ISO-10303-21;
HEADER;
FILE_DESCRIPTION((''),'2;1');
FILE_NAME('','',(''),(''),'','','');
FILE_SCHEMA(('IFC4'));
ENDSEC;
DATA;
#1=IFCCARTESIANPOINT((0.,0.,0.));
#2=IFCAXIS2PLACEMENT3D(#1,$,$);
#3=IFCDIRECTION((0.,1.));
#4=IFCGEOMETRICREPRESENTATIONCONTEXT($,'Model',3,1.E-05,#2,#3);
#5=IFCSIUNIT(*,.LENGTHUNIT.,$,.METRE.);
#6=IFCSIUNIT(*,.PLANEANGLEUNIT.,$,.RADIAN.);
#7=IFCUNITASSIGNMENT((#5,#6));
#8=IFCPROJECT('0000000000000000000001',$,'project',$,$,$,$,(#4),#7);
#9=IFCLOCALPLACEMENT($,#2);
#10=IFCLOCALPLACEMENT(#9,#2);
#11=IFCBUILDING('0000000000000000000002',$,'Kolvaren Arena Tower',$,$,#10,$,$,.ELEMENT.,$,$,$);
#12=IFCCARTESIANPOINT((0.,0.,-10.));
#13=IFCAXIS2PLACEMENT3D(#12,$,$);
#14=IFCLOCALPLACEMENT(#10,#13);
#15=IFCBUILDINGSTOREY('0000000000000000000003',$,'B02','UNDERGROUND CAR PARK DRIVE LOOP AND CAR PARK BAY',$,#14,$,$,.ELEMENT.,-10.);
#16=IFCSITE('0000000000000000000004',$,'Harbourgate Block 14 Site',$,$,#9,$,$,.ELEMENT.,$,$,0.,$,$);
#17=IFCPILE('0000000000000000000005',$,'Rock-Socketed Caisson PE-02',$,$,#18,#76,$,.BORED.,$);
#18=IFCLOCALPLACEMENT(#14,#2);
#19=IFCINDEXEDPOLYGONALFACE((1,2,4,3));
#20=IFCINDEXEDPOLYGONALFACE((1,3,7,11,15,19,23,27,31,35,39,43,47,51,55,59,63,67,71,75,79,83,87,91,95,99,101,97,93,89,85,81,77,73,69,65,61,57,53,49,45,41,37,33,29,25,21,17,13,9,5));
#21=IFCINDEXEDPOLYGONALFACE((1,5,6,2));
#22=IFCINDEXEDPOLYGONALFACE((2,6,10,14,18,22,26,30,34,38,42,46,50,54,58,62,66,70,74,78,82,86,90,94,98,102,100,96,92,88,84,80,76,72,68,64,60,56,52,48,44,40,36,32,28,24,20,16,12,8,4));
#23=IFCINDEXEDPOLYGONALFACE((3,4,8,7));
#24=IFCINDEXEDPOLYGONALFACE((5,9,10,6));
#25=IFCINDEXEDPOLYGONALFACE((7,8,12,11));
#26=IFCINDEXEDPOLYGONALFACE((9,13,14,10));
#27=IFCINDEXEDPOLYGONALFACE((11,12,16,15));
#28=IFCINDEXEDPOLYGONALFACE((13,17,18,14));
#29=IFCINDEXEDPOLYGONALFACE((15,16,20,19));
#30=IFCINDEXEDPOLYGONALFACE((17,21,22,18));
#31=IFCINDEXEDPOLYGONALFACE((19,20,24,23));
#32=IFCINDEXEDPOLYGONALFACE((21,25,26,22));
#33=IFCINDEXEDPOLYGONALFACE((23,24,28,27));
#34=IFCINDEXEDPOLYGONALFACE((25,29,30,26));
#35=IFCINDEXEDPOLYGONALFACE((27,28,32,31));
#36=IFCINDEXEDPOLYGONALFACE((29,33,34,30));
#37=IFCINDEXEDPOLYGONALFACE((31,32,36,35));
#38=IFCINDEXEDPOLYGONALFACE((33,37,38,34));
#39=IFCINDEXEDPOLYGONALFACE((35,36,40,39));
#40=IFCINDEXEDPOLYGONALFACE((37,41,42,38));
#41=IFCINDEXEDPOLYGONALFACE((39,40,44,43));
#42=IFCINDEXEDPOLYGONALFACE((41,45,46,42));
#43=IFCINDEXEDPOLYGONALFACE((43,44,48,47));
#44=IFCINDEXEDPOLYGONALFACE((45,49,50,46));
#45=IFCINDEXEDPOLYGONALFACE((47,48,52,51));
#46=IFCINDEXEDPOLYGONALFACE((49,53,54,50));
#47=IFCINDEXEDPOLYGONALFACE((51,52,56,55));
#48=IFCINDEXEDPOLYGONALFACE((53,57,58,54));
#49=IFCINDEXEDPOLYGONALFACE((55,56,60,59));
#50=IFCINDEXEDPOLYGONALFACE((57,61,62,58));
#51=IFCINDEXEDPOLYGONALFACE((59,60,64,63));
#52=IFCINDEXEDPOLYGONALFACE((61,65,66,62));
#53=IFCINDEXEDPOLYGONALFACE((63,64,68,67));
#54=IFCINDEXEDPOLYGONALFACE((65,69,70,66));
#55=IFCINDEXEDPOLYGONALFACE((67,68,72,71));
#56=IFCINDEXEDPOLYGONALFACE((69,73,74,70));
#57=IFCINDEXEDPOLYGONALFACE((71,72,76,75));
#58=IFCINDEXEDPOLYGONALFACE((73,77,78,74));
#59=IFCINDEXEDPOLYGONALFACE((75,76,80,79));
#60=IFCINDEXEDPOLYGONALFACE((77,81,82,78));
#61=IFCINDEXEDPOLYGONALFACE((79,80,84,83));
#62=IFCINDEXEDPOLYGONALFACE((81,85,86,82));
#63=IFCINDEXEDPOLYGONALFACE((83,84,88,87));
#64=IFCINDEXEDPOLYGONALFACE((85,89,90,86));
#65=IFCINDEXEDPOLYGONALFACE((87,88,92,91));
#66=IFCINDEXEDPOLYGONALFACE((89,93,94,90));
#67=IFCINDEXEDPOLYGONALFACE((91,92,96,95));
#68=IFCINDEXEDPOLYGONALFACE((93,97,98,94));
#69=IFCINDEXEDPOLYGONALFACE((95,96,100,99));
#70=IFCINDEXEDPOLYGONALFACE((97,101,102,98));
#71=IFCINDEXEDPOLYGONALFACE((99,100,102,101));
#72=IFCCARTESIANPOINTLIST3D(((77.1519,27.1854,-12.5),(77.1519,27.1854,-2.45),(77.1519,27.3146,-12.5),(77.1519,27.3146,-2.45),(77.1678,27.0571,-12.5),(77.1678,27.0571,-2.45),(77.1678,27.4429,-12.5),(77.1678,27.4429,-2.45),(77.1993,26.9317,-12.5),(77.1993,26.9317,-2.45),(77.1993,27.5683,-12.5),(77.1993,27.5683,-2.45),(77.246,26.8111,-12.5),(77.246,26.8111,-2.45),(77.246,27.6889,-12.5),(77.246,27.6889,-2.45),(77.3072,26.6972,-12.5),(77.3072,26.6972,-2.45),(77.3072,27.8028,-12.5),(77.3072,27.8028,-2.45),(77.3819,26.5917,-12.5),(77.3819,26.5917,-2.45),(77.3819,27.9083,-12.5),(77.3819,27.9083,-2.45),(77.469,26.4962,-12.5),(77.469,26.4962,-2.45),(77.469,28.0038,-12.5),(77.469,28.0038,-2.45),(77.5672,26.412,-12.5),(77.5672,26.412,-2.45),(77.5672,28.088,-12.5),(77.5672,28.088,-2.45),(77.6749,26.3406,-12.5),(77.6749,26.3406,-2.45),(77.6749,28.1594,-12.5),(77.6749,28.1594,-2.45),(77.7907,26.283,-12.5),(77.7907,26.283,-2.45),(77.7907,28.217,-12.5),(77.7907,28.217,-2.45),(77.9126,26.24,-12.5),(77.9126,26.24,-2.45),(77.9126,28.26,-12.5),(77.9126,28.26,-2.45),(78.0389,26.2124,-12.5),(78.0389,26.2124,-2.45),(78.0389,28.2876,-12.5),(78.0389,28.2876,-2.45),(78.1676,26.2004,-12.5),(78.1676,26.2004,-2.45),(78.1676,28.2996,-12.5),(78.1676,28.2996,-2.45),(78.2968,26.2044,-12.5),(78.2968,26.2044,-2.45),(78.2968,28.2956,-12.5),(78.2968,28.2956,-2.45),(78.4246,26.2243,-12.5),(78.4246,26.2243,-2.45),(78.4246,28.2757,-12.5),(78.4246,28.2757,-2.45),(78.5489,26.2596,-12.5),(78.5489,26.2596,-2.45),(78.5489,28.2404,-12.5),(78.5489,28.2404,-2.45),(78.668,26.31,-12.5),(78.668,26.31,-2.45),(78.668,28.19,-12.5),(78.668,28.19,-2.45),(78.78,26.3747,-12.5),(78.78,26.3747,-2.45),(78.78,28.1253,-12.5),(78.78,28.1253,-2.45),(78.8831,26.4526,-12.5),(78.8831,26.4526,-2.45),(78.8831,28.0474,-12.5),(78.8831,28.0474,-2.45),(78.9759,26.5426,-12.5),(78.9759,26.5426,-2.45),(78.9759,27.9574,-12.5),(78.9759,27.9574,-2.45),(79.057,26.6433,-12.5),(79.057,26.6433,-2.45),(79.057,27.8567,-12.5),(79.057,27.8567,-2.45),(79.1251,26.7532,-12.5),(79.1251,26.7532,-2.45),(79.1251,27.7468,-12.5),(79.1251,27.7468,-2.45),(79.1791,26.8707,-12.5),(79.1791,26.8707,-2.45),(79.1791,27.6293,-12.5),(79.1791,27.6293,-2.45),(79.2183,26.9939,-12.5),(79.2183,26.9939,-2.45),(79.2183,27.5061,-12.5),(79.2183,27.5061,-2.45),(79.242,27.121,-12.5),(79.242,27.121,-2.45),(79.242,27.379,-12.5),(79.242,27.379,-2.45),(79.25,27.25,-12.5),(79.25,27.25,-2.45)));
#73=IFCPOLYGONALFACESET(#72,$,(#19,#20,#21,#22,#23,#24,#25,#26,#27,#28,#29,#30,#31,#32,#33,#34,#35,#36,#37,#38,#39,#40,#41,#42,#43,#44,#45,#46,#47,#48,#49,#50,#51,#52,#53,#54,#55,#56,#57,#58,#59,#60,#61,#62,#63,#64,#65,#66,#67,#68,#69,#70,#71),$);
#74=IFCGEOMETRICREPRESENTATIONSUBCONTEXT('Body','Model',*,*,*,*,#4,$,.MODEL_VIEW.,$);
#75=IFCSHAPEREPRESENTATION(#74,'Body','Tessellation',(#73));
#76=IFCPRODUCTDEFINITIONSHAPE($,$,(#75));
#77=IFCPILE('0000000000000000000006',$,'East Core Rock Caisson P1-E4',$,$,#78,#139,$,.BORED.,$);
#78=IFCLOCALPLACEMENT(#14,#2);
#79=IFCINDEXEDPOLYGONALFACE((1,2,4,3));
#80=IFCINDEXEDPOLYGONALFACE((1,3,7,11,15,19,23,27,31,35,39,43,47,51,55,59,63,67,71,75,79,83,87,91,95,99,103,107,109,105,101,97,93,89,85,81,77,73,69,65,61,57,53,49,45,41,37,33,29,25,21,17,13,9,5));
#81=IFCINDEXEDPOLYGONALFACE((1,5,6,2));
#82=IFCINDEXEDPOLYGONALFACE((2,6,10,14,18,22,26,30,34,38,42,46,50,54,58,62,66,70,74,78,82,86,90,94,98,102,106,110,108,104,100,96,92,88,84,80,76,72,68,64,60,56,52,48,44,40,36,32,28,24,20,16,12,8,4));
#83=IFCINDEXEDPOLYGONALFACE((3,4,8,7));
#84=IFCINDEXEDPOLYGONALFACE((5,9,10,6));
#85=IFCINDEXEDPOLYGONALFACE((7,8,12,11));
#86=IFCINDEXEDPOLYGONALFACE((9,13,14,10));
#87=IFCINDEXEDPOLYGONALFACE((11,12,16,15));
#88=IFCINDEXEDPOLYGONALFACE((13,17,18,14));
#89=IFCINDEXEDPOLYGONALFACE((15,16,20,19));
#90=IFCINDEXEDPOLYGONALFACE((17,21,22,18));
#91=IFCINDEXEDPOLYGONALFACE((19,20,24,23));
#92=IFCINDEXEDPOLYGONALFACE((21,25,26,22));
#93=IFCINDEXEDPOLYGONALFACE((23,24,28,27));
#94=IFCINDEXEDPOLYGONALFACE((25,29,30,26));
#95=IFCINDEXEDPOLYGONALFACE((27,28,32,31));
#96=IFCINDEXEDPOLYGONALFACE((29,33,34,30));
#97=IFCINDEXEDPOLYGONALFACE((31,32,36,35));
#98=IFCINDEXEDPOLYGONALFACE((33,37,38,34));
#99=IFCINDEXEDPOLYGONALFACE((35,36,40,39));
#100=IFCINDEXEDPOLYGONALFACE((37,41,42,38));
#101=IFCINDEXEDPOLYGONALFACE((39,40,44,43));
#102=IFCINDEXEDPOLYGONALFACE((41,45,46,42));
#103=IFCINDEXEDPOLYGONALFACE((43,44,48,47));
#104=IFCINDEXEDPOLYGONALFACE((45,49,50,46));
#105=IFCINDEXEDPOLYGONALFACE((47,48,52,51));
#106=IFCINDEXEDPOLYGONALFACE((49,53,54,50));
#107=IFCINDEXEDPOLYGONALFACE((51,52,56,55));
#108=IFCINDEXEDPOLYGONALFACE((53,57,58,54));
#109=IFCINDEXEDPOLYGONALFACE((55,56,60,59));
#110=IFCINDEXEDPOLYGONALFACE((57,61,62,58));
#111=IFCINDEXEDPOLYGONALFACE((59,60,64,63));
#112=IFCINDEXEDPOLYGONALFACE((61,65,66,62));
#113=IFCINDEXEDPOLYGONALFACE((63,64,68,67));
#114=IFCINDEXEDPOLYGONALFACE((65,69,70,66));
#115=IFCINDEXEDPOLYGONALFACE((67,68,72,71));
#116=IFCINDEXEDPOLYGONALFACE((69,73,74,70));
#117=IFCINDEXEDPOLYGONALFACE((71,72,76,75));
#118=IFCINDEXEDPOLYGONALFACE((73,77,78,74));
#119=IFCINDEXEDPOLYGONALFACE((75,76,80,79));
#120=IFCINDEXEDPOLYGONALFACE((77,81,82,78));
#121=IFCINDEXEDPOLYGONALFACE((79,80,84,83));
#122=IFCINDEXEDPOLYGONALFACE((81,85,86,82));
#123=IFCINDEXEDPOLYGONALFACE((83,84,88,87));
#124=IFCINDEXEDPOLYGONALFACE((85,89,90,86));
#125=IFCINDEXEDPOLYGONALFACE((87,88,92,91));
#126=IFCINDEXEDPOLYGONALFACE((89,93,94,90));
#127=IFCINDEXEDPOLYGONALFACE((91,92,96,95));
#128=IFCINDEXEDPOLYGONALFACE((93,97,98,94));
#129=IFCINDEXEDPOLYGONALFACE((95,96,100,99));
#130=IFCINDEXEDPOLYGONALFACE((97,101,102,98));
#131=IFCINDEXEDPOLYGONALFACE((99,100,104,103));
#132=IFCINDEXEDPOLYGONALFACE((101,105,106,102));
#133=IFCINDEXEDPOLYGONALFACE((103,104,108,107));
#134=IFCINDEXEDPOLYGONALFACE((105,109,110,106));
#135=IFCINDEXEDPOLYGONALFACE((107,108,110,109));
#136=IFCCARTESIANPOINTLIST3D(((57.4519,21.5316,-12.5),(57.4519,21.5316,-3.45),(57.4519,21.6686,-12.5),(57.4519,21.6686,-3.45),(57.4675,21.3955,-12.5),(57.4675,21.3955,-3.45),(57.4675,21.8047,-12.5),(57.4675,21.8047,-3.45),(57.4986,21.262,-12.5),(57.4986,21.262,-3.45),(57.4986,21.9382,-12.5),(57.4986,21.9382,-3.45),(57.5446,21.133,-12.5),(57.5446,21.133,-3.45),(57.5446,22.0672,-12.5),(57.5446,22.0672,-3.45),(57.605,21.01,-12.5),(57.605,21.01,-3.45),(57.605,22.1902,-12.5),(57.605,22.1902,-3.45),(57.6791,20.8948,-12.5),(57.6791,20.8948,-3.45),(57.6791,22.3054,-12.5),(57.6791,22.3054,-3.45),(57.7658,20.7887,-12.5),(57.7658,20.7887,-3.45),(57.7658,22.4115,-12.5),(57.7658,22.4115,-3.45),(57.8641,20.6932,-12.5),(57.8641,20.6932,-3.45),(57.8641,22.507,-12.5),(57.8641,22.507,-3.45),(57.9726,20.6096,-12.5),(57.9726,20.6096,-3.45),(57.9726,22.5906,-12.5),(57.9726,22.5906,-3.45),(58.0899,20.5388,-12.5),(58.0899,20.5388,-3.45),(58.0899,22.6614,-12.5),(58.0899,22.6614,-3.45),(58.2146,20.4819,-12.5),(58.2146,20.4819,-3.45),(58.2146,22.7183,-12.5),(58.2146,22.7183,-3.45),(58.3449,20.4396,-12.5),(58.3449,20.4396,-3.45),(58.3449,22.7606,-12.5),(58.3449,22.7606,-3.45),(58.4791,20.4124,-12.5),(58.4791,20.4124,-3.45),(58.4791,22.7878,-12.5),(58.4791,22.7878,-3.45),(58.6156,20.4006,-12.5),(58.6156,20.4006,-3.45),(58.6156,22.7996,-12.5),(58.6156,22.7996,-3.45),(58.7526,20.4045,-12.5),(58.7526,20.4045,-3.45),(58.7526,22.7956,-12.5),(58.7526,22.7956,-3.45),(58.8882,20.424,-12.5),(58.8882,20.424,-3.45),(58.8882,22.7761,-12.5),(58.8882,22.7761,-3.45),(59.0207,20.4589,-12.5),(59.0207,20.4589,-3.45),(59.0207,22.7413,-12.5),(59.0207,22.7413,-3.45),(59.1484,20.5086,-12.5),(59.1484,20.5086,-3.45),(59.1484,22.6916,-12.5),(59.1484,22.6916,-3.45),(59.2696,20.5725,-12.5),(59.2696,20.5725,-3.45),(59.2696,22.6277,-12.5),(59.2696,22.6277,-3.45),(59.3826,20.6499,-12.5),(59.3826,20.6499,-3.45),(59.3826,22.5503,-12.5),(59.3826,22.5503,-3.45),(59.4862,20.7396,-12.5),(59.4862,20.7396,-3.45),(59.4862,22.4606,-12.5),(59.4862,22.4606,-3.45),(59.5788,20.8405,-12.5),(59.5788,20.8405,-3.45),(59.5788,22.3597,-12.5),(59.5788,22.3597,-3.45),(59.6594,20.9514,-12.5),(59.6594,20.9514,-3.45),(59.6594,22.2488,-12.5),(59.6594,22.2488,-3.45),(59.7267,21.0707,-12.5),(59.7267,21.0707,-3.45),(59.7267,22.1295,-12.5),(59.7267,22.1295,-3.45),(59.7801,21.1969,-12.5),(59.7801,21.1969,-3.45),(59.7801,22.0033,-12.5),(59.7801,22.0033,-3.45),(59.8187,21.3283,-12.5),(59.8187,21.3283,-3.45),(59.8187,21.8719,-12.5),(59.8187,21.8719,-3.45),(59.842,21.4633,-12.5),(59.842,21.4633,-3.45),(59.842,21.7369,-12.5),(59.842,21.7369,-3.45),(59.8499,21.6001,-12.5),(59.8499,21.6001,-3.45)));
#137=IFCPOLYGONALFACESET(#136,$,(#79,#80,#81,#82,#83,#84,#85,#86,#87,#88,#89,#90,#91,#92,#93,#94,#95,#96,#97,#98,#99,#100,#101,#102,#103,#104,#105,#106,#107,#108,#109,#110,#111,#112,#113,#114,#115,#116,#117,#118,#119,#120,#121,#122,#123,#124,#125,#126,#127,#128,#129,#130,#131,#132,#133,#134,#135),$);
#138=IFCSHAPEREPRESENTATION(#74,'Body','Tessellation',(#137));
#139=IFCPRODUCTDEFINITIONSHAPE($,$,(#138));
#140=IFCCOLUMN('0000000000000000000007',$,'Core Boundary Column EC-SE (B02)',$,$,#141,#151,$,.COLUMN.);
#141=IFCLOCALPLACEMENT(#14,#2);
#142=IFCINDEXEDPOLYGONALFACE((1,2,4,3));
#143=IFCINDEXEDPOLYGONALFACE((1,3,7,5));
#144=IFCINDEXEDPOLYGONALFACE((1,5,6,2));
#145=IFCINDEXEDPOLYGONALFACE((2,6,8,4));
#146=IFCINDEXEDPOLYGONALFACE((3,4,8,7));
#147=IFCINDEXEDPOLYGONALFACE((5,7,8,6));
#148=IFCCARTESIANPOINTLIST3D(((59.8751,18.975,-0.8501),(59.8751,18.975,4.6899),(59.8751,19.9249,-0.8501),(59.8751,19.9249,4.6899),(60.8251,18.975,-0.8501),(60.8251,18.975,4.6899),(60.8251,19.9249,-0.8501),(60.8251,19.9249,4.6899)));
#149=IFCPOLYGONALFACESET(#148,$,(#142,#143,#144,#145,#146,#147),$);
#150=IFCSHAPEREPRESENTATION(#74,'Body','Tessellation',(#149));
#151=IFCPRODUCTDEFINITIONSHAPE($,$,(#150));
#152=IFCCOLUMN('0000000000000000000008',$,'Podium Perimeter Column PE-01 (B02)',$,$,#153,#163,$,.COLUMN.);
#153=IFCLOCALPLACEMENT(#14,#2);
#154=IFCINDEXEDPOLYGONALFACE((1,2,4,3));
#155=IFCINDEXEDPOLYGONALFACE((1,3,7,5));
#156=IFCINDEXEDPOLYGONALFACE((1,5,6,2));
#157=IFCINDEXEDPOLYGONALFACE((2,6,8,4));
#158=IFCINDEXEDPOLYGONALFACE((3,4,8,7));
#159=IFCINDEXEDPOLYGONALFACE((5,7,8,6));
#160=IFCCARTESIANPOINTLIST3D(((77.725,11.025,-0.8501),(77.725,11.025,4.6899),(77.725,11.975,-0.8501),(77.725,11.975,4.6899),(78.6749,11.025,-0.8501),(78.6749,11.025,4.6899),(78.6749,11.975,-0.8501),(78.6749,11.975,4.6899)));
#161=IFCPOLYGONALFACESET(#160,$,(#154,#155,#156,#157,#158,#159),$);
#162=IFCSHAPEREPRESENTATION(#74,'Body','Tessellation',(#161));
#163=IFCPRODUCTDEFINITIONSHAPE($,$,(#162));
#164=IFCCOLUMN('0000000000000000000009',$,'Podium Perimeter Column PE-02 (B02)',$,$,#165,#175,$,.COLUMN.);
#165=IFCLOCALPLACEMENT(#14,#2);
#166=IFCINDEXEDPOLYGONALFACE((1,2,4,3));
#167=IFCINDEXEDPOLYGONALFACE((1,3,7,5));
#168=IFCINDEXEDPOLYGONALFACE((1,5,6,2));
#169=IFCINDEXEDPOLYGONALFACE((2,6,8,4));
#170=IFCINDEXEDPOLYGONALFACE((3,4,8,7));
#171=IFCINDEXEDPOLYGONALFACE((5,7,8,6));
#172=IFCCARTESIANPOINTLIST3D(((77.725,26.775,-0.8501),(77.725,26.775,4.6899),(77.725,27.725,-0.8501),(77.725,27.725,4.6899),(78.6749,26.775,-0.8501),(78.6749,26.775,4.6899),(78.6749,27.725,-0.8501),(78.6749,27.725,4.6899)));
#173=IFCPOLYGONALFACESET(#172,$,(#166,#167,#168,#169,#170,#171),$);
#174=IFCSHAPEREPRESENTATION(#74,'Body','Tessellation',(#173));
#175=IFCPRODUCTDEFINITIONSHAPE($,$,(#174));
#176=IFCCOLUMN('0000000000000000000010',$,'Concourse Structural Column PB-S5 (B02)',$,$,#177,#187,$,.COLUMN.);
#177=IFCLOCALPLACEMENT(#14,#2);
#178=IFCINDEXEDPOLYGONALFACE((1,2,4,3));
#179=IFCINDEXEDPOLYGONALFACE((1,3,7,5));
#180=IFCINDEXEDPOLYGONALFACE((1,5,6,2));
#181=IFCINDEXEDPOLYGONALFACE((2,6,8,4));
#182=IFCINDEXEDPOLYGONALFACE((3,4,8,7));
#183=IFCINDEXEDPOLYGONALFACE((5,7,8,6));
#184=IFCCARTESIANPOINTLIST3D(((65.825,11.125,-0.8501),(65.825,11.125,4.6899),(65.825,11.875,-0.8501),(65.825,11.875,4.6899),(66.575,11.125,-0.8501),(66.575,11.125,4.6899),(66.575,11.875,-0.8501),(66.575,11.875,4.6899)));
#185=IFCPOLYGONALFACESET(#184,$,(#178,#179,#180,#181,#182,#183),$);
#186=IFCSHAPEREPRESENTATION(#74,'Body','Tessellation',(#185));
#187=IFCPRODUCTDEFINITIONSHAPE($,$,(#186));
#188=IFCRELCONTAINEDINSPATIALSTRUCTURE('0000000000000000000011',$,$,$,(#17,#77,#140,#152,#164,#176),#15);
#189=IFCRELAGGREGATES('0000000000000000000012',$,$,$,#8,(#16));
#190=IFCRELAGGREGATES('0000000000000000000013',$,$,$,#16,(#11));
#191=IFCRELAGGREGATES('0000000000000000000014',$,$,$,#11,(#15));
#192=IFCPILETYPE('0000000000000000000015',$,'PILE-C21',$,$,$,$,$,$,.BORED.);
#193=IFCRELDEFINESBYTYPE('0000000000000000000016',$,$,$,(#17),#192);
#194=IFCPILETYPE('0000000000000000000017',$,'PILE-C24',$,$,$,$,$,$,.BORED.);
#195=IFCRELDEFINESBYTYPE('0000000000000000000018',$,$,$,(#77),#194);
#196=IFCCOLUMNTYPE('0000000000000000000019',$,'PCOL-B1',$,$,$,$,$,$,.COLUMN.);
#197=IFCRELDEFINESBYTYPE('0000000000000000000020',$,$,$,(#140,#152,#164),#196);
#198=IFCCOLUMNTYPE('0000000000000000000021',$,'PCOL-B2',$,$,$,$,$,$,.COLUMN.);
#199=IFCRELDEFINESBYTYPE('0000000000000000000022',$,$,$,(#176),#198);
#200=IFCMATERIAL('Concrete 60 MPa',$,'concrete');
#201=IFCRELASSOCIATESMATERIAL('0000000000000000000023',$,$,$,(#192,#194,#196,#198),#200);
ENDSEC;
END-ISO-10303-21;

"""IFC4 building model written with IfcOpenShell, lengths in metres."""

from ifc_helpers import new_model, si_unit, direction, frame, origin, origin_2d, place, context, subcontext, project, spatial, rectangle, circle, extrude, material, material_profile, profile_set, type_object, element, save


model = new_model("IFC4")

# Units and contexts
model_context = context("Model", 3, precision=1e-05, world=origin(), true_north=direction((0.0, 1.0)))
body_context = subcontext(model_context, "Body", "Model", "MODEL_VIEW")
ifc_project = project(units=[si_unit("LENGTHUNIT", "METRE"), si_unit("PLANEANGLEUNIT", "RADIAN")], contexts=[model_context])

# Site, building, storey
site_placement = place(None, origin())
site = spatial("IfcSite", under=ifc_project, at=site_placement, Name="Harbourgate Block 14 Site", CompositionType="ELEMENT", RefElevation=0.0)
building_placement = place(site_placement, origin())
building = spatial("IfcBuilding", under=site, at=building_placement, Name="Kolvaren Arena Tower", CompositionType="ELEMENT")
storey_placement = place(building_placement, frame((0.0, 0.0, -10.0)))
storey = spatial("IfcBuildingStorey", under=building, at=storey_placement, Name="B02", Description="UNDERGROUND CAR PARK DRIVE LOOP AND CAR PARK BAY", CompositionType="ELEMENT", Elevation=-10.0)

# Piles
ifc_material_1 = material(Name="Concrete 60 MPa", Category="concrete")
ifc_material_profile_1 = material_profile(ifc_material_1, circle(Radius=1.05, at=origin_2d()), Name="CAISSON-D2100")
ifc_profile_set_1 = profile_set([ifc_material_profile_1], Name="Concrete 60 MPa")
pile_type_1 = type_object("IfcPileType", Name="PILE-C21", PredefinedType="BORED", material=ifc_profile_set_1)
for number, where, z_axis, x_axis, name in (
    (1, (78.2, 27.25, -2.45), (0.0, 0.0, -1.0), (1.0, 0.0, 0.0), "Rock-Socketed Caisson PE-02"),
):
    element("IfcPile", number, at=place(storey_placement, frame(where, z_axis=z_axis, x_axis=x_axis)), inside=storey, type_object=pile_type_1, Name=name, PredefinedType="BORED", context=body_context, shape_type="SweptSolid", body=[
        extrude(circle(Radius=1.05, at=origin_2d()), origin(), (0.0, 0.0, 1.0), 10.05),
    ])
ifc_material_profile_2 = material_profile(ifc_material_1, circle(Radius=1.2, at=origin_2d()), Name="CAISSON-D2400")
ifc_profile_set_2 = profile_set([ifc_material_profile_2], Name="Concrete 60 MPa")
pile_type_2 = type_object("IfcPileType", Name="PILE-C24", PredefinedType="BORED", material=ifc_profile_set_2)
pile_1_placement = place(storey_placement, frame((58.6499, 21.6001, -3.45), z_axis=(0.0, 0.0, -1.0), x_axis=(1.0, 0.0, 0.0)))
element("IfcPile", 2, at=pile_1_placement, inside=storey, type_object=pile_type_2, Name="East Core Rock Caisson P1-E4", PredefinedType="BORED", context=body_context, shape_type="SweptSolid", body=[
    extrude(circle(Radius=1.2, at=origin_2d()), origin(), (0.0, 0.0, 1.0), 9.05),
])

# Columns
ifc_material_profile_3 = material_profile(ifc_material_1, rectangle(XDim=0.95, YDim=0.95, at=origin_2d()), Name="RC-950x950")
ifc_profile_set_3 = profile_set([ifc_material_profile_3], Name="Concrete 60 MPa")
column_type_1 = type_object("IfcColumnType", Name="PCOL-B1", PredefinedType="COLUMN", material=ifc_profile_set_3)
for number, where, z_axis, x_axis, name in (
    (3, (60.3501, 19.45, -0.8501), (0.0, 0.0, 1.0), (1.0, 0.0, 0.0), "Core Boundary Column EC-SE (B02)"),
    (4, (78.2, 11.5, -0.8501), (0.0, 0.0, 1.0), (1.0, 0.0, 0.0), "Podium Perimeter Column PE-01 (B02)"),
    (5, (78.2, 27.25, -0.8501), (0.0, 0.0, 1.0), (1.0, 0.0, 0.0), "Podium Perimeter Column PE-02 (B02)"),
):
    element("IfcColumn", number, at=place(storey_placement, frame(where, z_axis=z_axis, x_axis=x_axis)), inside=storey, type_object=column_type_1, Name=name, PredefinedType="COLUMN", context=body_context, shape_type="SweptSolid", body=[
        extrude(rectangle(XDim=0.95, YDim=0.95, at=origin_2d()), origin(), (0.0, 0.0, 1.0), 5.54),
    ])
ifc_material_profile_4 = material_profile(ifc_material_1, rectangle(XDim=0.75, YDim=0.75, at=origin_2d()), Name="RC-750x750")
ifc_profile_set_4 = profile_set([ifc_material_profile_4], Name="Concrete 60 MPa")
column_type_2 = type_object("IfcColumnType", Name="PCOL-B2", PredefinedType="COLUMN", material=ifc_profile_set_4)
column_placement = place(storey_placement, frame((66.2, 11.5, -0.8501), z_axis=(0.0, 0.0, 1.0), x_axis=(1.0, 0.0, 0.0)))
element("IfcColumn", 6, at=column_placement, inside=storey, type_object=column_type_2, Name="Concourse Structural Column PB-S5 (B02)", PredefinedType="COLUMN", context=body_context, shape_type="SweptSolid", body=[
    extrude(rectangle(XDim=0.75, YDim=0.75, at=origin_2d()), origin(), (0.0, 0.0, 1.0), 5.54),
])

save(model, "model.ifc")
